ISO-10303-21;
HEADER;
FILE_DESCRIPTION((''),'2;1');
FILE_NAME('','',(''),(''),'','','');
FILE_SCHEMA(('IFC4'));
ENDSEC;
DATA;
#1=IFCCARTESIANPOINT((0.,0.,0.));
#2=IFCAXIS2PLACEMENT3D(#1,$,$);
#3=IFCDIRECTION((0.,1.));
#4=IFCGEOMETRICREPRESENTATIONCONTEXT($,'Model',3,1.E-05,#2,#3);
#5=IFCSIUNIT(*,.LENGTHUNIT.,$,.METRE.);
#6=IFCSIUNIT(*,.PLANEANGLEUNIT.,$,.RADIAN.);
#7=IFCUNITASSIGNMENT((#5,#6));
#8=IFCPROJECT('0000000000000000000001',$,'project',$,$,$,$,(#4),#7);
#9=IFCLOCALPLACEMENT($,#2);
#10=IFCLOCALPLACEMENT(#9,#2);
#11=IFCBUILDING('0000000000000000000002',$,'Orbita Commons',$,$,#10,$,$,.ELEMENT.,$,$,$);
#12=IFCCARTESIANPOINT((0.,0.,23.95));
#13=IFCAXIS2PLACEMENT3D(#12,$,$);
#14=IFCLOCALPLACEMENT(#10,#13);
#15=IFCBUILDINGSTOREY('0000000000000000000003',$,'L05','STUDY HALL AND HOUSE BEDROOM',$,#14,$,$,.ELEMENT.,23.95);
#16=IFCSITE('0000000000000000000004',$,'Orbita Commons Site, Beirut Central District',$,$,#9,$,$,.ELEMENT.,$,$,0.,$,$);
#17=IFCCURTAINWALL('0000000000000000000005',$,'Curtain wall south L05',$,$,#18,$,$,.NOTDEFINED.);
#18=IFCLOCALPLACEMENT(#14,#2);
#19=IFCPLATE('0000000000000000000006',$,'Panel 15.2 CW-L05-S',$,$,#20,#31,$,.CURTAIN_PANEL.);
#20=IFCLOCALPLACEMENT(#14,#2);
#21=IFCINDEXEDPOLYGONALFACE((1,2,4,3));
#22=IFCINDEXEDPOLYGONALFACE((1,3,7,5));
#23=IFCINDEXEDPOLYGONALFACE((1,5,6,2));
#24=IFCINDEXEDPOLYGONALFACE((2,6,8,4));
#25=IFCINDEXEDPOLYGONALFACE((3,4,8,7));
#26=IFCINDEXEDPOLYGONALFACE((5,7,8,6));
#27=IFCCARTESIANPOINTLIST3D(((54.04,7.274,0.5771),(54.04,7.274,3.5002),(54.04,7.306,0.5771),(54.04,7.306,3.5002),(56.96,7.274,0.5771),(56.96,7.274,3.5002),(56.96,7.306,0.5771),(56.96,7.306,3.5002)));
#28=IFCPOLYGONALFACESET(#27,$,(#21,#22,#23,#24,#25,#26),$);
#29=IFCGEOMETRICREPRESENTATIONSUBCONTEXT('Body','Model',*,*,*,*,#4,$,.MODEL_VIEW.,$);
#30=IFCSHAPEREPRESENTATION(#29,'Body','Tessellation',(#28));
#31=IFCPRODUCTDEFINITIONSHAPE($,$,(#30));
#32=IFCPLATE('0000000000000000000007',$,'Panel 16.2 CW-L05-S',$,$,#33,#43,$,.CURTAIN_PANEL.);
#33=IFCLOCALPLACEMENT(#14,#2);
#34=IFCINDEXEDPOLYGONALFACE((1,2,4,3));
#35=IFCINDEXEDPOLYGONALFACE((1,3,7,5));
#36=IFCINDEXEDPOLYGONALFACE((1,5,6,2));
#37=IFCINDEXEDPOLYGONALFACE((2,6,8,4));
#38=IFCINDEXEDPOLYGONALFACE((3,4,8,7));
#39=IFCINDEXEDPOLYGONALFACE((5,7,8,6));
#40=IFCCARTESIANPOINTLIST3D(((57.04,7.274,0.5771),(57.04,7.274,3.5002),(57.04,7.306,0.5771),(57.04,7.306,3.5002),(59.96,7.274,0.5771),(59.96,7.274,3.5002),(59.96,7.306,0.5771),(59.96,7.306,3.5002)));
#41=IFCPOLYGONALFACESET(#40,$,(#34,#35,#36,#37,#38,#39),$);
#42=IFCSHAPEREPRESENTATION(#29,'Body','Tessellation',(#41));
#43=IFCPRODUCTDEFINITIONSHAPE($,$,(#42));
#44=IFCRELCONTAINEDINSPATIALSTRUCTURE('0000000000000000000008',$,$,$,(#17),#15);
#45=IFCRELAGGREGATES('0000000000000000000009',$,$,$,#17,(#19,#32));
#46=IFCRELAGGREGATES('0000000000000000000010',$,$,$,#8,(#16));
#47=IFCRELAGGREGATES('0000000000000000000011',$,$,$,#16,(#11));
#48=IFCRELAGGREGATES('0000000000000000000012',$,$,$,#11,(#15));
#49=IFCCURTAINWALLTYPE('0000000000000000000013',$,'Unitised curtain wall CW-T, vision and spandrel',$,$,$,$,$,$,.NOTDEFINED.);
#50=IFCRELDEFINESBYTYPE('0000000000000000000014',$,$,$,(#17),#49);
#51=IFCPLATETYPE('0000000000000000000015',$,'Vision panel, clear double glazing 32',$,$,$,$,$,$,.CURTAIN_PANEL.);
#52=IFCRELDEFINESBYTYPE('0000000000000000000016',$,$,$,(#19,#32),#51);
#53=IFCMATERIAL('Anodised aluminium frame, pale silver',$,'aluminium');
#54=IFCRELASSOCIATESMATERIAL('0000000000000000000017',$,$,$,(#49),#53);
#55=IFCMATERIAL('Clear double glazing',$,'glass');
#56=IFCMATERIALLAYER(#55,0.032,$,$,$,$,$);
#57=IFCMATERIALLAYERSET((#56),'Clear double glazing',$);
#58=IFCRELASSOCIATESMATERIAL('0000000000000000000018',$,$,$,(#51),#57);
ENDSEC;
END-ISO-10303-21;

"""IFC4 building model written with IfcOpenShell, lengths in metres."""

from ifc_helpers import new_model, si_unit, direction, frame, origin, origin_2d, place, context, subcontext, project, spatial, rectangle, extrude, material, layer, layer_set, type_object, element, aggregate, save


model = new_model("IFC4")

# Units and contexts
model_context = context("Model", 3, precision=1e-05, world=origin(), true_north=direction((0.0, 1.0)))
body_context = subcontext(model_context, "Body", "Model", "MODEL_VIEW")
ifc_project = project(units=[si_unit("LENGTHUNIT", "METRE"), si_unit("PLANEANGLEUNIT", "RADIAN")], contexts=[model_context])

# Site, building, storey
site_placement = place(None, origin())
site = spatial("IfcSite", under=ifc_project, at=site_placement, Name="Orbita Commons Site, Beirut Central District", CompositionType="ELEMENT", RefElevation=0.0)
building_placement = place(site_placement, origin())
building = spatial("IfcBuilding", under=site, at=building_placement, Name="Orbita Commons", CompositionType="ELEMENT")
storey_placement = place(building_placement, frame((0.0, 0.0, 23.95)))
storey = spatial("IfcBuildingStorey", under=building, at=storey_placement, Name="L05", Description="STUDY HALL AND HOUSE BEDROOM", CompositionType="ELEMENT", Elevation=23.95)

# Curtain wall, plates
ifc_material_1 = material(Name="Anodised aluminium frame, pale silver", Category="aluminium")
curtain_wall_type = type_object("IfcCurtainWallType", Name="Unitised curtain wall CW-T, vision and spandrel", PredefinedType="NOTDEFINED", material=ifc_material_1)
curtain_wall_placement = place(storey_placement, origin())
curtain_wall = element("IfcCurtainWall", 1, at=curtain_wall_placement, inside=storey, type_object=curtain_wall_type, Name="Curtain wall south L05", PredefinedType="NOTDEFINED")
ifc_material_2 = material(Name="Clear double glazing", Category="glass")
ifc_layer_1 = layer(ifc_material_2, 0.032)
ifc_layer_set_1 = layer_set([ifc_layer_1], Name="Clear double glazing")
plate_type_1 = type_object("IfcPlateType", Name="Vision panel, clear double glazing 32", PredefinedType="CURTAIN_PANEL", material=ifc_layer_set_1)
plate_1_placement = place(storey_placement, frame((55.5, 7.29, 0.5771), z_axis=(0.0, 0.0, 1.0), x_axis=(1.0, 0.0, 0.0)))
plate_1 = element("IfcPlate", 2, at=plate_1_placement, type_object=plate_type_1, Name="Panel 15.2 CW-L05-S", PredefinedType="CURTAIN_PANEL", context=body_context, shape_type="SweptSolid", body=[
    extrude(rectangle(XDim=2.9199, YDim=0.032, at=origin_2d()), origin(), (0.0, 0.0, 1.0), 2.9231),
])
plate_2_placement = place(storey_placement, frame((58.5, 7.29, 0.5771), z_axis=(0.0, 0.0, 1.0), x_axis=(1.0, 0.0, 0.0)))
plate_2 = element("IfcPlate", 3, at=plate_2_placement, type_object=plate_type_1, Name="Panel 16.2 CW-L05-S", PredefinedType="CURTAIN_PANEL", context=body_context, shape_type="SweptSolid", body=[
    extrude(rectangle(XDim=2.9199, YDim=0.032, at=origin_2d()), origin(), (0.0, 0.0, 1.0), 2.9231),
])
aggregate(curtain_wall, [plate_1, plate_2])

save(model, "model.ifc")
